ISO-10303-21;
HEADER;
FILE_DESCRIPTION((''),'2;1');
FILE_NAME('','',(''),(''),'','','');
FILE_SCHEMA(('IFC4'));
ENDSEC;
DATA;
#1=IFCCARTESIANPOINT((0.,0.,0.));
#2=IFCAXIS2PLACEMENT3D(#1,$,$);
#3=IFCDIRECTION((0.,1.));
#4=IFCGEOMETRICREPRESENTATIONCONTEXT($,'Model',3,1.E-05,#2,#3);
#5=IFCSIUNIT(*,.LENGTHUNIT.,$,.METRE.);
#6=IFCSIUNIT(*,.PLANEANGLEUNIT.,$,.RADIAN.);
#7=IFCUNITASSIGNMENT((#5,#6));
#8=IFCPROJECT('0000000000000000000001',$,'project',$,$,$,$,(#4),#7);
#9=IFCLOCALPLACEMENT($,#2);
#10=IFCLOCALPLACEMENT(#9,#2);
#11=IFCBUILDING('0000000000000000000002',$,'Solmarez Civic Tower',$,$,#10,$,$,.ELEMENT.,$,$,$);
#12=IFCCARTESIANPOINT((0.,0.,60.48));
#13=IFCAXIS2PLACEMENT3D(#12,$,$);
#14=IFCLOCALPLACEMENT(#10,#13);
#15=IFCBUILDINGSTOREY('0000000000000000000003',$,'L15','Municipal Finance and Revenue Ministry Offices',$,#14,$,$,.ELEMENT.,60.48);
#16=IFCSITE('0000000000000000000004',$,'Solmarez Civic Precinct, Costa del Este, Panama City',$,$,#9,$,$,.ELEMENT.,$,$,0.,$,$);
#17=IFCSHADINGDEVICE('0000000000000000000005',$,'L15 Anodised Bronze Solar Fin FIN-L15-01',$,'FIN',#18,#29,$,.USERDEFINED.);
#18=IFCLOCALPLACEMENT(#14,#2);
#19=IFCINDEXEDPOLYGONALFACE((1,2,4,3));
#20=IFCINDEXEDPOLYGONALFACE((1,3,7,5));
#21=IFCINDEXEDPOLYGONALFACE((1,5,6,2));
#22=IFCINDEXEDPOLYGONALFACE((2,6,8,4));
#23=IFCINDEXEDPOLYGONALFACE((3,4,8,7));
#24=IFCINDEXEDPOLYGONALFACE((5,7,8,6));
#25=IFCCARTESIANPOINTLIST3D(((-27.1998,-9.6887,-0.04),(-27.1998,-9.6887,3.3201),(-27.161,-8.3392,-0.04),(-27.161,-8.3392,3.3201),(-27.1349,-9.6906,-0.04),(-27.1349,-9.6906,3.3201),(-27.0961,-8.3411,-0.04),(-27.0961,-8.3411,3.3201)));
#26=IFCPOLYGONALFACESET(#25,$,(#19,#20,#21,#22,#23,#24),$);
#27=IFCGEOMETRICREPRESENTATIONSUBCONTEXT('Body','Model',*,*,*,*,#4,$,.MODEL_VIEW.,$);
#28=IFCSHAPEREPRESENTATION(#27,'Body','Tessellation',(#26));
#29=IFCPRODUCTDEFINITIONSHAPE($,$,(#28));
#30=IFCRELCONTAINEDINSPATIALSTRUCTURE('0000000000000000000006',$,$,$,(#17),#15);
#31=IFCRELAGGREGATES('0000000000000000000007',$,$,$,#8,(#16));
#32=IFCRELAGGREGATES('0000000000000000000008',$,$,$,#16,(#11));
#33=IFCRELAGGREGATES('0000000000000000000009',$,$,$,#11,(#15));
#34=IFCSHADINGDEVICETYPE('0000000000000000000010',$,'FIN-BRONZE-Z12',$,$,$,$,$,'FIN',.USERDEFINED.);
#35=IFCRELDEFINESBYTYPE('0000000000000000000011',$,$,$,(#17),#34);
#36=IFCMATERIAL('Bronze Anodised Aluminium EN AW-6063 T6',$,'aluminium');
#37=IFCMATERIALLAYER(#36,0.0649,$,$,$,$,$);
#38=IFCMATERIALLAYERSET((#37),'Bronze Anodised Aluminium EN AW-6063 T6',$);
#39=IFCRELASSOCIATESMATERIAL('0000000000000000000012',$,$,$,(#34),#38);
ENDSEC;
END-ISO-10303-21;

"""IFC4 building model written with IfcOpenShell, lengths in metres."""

from ifc_helpers import new_model, si_unit, direction, frame, origin, origin_2d, place, context, subcontext, project, spatial, rectangle, extrude, material, layer, layer_set, type_object, element, save


model = new_model("IFC4")

# Units and contexts
model_context = context("Model", 3, precision=1e-05, world=origin(), true_north=direction((0.0, 1.0)))
body_context = subcontext(model_context, "Body", "Model", "MODEL_VIEW")
ifc_project = project(units=[si_unit("LENGTHUNIT", "METRE"), si_unit("PLANEANGLEUNIT", "RADIAN")], contexts=[model_context])

# Site, building, storey
site_placement = place(None, origin())
site = spatial("IfcSite", under=ifc_project, at=site_placement, Name="Solmarez Civic Precinct, Costa del Este, Panama City", CompositionType="ELEMENT", RefElevation=0.0)
building_placement = place(site_placement, origin())
building = spatial("IfcBuilding", under=site, at=building_placement, Name="Solmarez Civic Tower", CompositionType="ELEMENT")
storey_placement = place(building_placement, frame((0.0, 0.0, 60.48)))
storey = spatial("IfcBuildingStorey", under=building, at=storey_placement, Name="L15", Description="Municipal Finance and Revenue Ministry Offices", CompositionType="ELEMENT", Elevation=60.48)

# Shading device
ifc_material_1 = material(Name="Bronze Anodised Aluminium EN AW-6063 T6", Category="aluminium")
ifc_layer_1 = layer(ifc_material_1, 0.0649)
ifc_layer_set_1 = layer_set([ifc_layer_1], Name="Bronze Anodised Aluminium EN AW-6063 T6")
shading_device_type = type_object("IfcShadingDeviceType", Name="FIN-BRONZE-Z12", ElementType="FIN", PredefinedType="USERDEFINED", material=ifc_layer_set_1)
shading_device_placement = place(storey_placement, frame((-27.1479, -9.0149, -0.04), z_axis=(0.0, 0.0, 1.0), x_axis=(-0.028777, -0.999586, 0.0)))
element("IfcShadingDevice", 1, at=shading_device_placement, inside=storey, type_object=shading_device_type, Name="L15 Anodised Bronze Solar Fin FIN-L15-01", ObjectType="FIN", PredefinedType="USERDEFINED", context=body_context, shape_type="SweptSolid", body=[
    extrude(rectangle(XDim=1.3501, YDim=0.0649, at=origin_2d()), origin(), (0.0, 0.0, 1.0), 3.3601),
])

save(model, "model.ifc")
